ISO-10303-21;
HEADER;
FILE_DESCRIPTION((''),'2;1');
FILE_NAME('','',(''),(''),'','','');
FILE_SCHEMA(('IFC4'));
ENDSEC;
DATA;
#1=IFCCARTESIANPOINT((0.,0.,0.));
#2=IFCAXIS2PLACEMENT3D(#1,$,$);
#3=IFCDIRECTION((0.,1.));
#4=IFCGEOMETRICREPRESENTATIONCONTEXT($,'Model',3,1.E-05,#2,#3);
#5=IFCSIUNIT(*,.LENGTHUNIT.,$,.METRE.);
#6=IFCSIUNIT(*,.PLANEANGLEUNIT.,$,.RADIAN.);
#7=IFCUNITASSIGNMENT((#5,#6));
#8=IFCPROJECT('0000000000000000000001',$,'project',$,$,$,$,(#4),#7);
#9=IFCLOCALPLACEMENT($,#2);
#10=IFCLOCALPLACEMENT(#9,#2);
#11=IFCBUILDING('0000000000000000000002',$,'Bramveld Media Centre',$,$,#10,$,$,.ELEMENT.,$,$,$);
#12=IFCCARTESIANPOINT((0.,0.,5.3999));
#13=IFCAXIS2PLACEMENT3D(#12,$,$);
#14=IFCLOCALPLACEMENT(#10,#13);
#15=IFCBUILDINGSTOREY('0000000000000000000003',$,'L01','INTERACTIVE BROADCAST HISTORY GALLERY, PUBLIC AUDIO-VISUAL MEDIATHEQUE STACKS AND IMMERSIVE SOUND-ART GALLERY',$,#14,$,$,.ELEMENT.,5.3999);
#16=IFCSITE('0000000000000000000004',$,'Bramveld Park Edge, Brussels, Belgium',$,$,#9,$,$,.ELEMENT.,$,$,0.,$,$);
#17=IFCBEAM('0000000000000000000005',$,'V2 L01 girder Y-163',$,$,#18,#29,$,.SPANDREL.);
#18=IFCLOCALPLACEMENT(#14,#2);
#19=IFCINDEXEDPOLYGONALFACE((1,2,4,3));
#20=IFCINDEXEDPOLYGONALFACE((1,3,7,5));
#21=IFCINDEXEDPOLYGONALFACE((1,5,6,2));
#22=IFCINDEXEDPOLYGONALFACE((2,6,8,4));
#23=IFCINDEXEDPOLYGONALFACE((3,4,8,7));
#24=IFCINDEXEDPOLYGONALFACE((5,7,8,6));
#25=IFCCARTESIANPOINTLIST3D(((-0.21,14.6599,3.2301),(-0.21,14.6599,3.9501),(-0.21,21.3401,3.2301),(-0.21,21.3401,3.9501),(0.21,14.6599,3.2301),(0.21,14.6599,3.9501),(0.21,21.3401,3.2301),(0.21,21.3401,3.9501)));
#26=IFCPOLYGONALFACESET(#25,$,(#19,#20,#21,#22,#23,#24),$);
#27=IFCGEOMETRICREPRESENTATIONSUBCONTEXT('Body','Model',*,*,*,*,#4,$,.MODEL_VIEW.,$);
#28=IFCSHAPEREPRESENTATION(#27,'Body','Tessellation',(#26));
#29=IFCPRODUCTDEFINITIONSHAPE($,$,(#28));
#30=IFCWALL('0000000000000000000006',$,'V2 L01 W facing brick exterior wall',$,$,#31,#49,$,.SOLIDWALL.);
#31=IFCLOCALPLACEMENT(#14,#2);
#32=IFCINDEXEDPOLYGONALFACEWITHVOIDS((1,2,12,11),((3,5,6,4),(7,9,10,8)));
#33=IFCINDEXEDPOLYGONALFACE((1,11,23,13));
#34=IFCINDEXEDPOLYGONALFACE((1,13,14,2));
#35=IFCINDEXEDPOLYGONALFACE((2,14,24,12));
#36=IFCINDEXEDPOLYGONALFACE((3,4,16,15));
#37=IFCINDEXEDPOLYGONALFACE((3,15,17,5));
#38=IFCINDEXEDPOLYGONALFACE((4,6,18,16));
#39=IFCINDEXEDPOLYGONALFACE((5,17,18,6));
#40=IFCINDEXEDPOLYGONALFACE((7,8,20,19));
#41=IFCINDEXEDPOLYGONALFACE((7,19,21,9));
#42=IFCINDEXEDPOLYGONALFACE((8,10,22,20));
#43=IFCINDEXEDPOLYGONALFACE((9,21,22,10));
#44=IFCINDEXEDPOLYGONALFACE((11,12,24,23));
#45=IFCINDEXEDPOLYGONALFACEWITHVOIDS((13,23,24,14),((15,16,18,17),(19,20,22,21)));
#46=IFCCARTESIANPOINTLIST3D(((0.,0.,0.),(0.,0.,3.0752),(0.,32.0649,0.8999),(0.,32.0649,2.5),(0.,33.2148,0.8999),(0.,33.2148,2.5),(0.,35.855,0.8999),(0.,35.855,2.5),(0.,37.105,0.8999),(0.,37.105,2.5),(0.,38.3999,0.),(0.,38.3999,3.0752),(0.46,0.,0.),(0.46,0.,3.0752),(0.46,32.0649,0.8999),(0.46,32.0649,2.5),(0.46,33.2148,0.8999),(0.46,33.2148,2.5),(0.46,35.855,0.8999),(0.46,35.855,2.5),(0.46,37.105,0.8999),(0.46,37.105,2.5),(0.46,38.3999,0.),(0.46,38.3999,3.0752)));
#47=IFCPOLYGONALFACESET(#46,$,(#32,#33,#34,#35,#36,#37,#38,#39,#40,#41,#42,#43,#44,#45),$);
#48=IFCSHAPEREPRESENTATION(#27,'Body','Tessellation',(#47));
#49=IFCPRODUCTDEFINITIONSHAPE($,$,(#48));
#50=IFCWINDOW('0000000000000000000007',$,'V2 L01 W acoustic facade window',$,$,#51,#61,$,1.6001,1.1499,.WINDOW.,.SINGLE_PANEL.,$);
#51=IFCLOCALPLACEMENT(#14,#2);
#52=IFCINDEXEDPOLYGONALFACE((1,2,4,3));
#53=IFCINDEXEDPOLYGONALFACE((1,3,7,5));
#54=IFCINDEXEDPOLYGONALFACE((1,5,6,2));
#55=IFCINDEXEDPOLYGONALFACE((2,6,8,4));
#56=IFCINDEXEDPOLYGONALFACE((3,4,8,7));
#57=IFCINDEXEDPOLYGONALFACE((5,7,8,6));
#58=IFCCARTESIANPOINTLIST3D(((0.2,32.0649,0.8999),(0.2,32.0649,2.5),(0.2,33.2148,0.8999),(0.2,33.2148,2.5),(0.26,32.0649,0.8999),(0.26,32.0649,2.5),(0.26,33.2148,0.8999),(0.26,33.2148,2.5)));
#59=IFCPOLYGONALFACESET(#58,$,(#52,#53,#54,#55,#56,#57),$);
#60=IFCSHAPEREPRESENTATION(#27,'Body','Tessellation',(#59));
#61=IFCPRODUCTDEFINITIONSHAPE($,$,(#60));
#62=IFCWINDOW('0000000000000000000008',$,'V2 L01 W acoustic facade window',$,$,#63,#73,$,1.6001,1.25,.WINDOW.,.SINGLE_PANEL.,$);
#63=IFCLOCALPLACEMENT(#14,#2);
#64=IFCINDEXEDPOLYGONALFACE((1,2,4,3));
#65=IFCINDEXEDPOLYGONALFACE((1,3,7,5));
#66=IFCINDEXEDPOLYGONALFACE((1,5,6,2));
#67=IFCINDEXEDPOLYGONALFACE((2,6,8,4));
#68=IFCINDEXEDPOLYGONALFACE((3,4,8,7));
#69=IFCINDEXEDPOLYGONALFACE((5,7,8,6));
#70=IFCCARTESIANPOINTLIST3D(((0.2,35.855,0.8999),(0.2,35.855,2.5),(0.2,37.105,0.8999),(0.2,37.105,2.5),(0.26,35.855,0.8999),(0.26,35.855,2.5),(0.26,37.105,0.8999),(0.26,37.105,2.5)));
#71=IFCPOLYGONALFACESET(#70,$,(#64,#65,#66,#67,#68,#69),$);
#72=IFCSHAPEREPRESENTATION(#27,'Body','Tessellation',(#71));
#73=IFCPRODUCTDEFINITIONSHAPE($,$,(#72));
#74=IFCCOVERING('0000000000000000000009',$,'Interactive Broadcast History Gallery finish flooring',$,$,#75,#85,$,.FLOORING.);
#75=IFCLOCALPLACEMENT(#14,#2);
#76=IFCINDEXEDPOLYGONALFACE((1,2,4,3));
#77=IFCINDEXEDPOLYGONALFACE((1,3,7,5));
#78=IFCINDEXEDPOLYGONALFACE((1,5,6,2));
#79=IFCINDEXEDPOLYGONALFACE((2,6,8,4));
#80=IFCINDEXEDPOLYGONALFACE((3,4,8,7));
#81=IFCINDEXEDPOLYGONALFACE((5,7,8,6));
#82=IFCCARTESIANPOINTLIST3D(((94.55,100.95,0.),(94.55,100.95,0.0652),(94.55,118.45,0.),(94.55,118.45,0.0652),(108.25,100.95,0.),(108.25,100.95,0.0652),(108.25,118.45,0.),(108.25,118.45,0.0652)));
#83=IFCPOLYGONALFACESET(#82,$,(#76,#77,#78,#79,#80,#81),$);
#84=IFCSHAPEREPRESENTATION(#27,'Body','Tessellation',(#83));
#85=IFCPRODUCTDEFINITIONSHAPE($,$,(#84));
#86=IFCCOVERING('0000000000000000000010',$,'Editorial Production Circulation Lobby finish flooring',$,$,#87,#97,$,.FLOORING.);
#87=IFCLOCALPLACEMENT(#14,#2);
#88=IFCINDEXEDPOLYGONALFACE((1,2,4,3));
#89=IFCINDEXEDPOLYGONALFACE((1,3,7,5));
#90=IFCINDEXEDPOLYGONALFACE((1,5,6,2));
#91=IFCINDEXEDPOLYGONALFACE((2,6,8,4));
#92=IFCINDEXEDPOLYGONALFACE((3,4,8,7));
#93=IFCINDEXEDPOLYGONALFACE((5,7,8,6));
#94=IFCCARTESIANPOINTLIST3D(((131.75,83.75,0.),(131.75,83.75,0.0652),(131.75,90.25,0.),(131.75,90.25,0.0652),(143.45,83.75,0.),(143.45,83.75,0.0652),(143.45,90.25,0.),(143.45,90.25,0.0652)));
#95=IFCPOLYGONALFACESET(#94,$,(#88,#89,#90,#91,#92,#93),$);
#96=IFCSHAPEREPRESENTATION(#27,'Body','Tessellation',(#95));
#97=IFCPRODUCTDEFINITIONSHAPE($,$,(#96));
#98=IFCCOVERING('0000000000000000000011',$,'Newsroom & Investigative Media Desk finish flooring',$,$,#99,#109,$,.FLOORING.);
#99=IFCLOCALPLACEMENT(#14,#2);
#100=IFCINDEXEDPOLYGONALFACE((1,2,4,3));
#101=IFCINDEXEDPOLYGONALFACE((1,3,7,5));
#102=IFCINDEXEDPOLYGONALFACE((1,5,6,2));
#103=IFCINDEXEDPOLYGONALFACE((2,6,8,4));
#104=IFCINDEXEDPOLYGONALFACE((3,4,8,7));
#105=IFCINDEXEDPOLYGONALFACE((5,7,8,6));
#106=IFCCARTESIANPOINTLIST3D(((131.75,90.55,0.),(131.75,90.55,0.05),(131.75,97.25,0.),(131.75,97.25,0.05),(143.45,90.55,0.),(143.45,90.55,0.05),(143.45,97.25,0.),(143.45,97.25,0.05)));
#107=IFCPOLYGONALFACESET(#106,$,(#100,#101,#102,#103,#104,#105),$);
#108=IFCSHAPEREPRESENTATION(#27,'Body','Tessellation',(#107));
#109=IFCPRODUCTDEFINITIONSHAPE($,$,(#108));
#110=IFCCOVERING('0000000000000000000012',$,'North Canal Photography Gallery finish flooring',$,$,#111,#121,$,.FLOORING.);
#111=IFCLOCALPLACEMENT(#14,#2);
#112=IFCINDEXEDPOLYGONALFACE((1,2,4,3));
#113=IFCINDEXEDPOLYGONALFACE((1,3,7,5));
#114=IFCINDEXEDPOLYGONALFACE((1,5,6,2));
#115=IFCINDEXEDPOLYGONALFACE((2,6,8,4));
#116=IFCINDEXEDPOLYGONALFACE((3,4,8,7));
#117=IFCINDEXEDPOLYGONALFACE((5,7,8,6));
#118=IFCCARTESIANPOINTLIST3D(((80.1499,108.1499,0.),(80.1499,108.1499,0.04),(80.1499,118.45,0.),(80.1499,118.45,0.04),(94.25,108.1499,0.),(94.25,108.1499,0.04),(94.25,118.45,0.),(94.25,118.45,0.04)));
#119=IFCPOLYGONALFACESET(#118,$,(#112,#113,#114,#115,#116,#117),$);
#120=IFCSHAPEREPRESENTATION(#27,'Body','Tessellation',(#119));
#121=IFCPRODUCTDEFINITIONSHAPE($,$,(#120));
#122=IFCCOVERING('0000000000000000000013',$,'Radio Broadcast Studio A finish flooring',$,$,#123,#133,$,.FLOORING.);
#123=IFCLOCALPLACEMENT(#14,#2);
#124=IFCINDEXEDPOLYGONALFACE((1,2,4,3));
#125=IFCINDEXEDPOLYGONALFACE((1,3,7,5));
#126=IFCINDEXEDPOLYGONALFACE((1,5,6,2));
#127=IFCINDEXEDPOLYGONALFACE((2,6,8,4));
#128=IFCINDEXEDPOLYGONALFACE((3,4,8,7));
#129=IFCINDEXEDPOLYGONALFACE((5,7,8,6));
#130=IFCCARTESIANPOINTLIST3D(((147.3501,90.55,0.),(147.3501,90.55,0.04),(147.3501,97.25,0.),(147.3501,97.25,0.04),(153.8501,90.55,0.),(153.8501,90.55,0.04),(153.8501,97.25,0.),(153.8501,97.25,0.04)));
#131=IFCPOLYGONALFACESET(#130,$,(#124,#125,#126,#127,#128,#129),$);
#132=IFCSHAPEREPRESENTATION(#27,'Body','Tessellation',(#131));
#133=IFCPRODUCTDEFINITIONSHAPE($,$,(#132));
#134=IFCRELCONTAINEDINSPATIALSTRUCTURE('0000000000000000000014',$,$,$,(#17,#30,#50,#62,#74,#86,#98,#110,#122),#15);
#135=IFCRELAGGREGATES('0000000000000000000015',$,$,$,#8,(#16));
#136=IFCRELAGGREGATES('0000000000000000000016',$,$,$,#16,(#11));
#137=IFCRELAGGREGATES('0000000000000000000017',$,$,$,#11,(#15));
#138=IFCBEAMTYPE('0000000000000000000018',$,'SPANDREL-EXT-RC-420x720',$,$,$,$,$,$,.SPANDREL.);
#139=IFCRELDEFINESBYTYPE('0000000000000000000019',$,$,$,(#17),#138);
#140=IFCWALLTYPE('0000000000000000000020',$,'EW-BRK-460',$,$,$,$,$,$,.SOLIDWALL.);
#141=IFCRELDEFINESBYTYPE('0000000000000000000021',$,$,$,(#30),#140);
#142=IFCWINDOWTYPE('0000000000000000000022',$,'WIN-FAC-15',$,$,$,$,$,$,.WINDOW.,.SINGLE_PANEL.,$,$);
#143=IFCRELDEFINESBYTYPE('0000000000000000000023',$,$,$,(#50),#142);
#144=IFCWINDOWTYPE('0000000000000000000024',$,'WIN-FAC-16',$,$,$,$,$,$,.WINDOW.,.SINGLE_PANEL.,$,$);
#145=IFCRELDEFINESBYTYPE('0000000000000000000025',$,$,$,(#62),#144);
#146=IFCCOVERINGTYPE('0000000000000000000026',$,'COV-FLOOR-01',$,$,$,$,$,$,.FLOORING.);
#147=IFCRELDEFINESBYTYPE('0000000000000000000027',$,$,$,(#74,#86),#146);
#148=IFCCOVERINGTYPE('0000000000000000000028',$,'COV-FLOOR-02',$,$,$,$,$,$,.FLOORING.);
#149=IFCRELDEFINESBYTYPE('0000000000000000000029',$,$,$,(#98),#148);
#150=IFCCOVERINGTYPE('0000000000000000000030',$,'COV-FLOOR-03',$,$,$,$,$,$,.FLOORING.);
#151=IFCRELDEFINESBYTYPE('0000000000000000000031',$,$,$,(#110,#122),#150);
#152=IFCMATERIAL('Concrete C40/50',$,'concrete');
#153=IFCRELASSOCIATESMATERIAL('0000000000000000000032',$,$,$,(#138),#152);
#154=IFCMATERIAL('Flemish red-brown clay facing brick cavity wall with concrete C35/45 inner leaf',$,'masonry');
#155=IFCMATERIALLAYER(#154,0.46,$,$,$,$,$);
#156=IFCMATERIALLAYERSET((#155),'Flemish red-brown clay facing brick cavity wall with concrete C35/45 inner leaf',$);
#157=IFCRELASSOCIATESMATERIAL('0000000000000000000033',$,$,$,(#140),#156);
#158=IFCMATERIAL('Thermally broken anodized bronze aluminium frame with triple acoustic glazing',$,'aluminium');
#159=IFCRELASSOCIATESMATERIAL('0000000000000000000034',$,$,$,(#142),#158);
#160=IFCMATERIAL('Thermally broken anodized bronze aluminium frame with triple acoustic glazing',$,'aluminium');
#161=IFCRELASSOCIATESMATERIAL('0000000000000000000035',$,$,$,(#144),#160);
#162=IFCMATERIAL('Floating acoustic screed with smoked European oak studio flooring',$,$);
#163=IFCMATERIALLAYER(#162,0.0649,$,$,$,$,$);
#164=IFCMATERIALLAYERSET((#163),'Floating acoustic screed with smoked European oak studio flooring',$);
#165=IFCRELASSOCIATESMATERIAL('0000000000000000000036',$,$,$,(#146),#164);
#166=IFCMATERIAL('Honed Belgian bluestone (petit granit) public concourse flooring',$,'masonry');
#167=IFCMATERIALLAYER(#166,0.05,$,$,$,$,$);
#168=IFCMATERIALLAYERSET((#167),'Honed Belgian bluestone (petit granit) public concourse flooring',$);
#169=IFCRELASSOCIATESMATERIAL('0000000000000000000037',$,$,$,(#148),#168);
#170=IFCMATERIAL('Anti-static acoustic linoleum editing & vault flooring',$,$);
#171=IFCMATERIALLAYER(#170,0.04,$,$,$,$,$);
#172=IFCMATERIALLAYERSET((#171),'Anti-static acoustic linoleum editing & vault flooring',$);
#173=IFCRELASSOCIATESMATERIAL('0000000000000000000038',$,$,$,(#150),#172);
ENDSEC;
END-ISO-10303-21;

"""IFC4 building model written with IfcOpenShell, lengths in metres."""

from ifc_helpers import new_model, si_unit, direction, frame, frame_2d, origin, origin_2d, place, context, subcontext, project, spatial, polyline, rectangle, outline, extrude, material, layer, layer_set, material_profile, profile_set, type_object, element, fill, save


model = new_model("IFC4")

# Units and contexts
model_context = context("Model", 3, precision=1e-05, world=origin(), true_north=direction((0.0, 1.0)))
body_context = subcontext(model_context, "Body", "Model", "MODEL_VIEW")
ifc_project = project(units=[si_unit("LENGTHUNIT", "METRE"), si_unit("PLANEANGLEUNIT", "RADIAN")], contexts=[model_context])

# Site, building, storey
site_placement = place(None, origin())
site = spatial("IfcSite", under=ifc_project, at=site_placement, Name="Bramveld Park Edge, Brussels, Belgium", CompositionType="ELEMENT", RefElevation=0.0)
building_placement = place(site_placement, origin())
building = spatial("IfcBuilding", under=site, at=building_placement, Name="Bramveld Media Centre", CompositionType="ELEMENT")
storey_placement = place(building_placement, frame((0.0, 0.0, 5.3999)))
storey = spatial("IfcBuildingStorey", under=building, at=storey_placement, Name="L01", Description="INTERACTIVE BROADCAST HISTORY GALLERY, PUBLIC AUDIO-VISUAL MEDIATHEQUE STACKS AND IMMERSIVE SOUND-ART GALLERY", CompositionType="ELEMENT", Elevation=5.3999)

# Beam
ifc_material_1 = material(Name="Concrete C40/50", Category="concrete")
ifc_material_profile_1 = material_profile(ifc_material_1, rectangle(XDim=0.4199, YDim=0.72, at=origin_2d()), Name="RC 420x720")
ifc_profile_set_1 = profile_set([ifc_material_profile_1], Name="Concrete C40/50")
beam_type_1 = type_object("IfcBeamType", Name="SPANDREL-EXT-RC-420x720", PredefinedType="SPANDREL", material=ifc_profile_set_1)
beam_1_placement = place(storey_placement, frame((0.0, 14.6599, 3.5901), z_axis=(0.0, 1.0, 0.0), x_axis=(-1.0, 0.0, 0.0)))
element("IfcBeam", 1, at=beam_1_placement, inside=storey, type_object=beam_type_1, Name="V2 L01 girder Y-163", PredefinedType="SPANDREL", context=body_context, shape_type="SweptSolid", body=[
    extrude(rectangle(XDim=0.4199, YDim=0.72, at=origin_2d()), origin(), (0.0, 0.0, 1.0), 6.6802),
])

# Wall, openings, windows
ifc_material_2 = material(Name="Flemish red-brown clay facing brick cavity wall with concrete C35/45 inner leaf", Category="masonry")
ifc_layer_1 = layer(ifc_material_2, 0.46)
ifc_layer_set_1 = layer_set([ifc_layer_1], Name="Flemish red-brown clay facing brick cavity wall with concrete C35/45 inner leaf")
wall_type = type_object("IfcWallType", Name="EW-BRK-460", PredefinedType="SOLIDWALL", material=ifc_layer_set_1)
wall_placement = place(storey_placement, frame((0.23, 0.0, 0.0), z_axis=(0.0, 0.0, 1.0), x_axis=(0.0, 1.0, 0.0)))
wall = element("IfcWall", 2, at=wall_placement, inside=storey, type_object=wall_type, Name="V2 L01 W facing brick exterior wall", PredefinedType="SOLIDWALL", context=body_context, shape_type="SweptSolid", body=[
    extrude(rectangle(XDim=38.3999, YDim=0.46, at=frame_2d((19.2, 0.0))), origin(), (0.0, 0.0, 1.0), 3.0752),
])
opening_1_placement = place(wall_placement, frame((32.0649, 0.0, 0.8999)))
opening_1 = element("IfcOpeningElement", 3, at=opening_1_placement, cuts=wall, PredefinedType="OPENING", context=body_context, shape_type="SweptSolid", body=[
    extrude(rectangle(XDim=1.1499, YDim=1.6001, at=frame_2d((0.575, 0.8))), frame((0.0, 0.2419, 0.0), z_axis=(0.0, -1.0, 0.0), x_axis=(1.0, 0.0, 0.0)), (0.0, 0.0, 1.0), 0.4839),
])
opening_2_placement = place(wall_placement, frame((35.855, 0.0, 0.8999)))
opening_2 = element("IfcOpeningElement", 4, at=opening_2_placement, cuts=wall, PredefinedType="OPENING", context=body_context, shape_type="SweptSolid", body=[
    extrude(rectangle(XDim=1.25, YDim=1.6001, at=frame_2d((0.625, 0.8))), frame((0.0, 0.2419, 0.0), z_axis=(0.0, -1.0, 0.0), x_axis=(1.0, 0.0, 0.0)), (0.0, 0.0, 1.0), 0.4839),
])
ifc_material_3 = material(Name="Thermally broken anodized bronze aluminium frame with triple acoustic glazing", Category="aluminium")
window_type_1 = type_object("IfcWindowType", Name="WIN-FAC-15", PartitioningType="SINGLE_PANEL", PredefinedType="WINDOW", material=ifc_material_3)
window_1_placement = place(opening_1_placement, origin())
window_1 = element("IfcWindow", 5, at=window_1_placement, inside=storey, type_object=window_type_1, Name="V2 L01 W acoustic facade window", OverallHeight=1.6001, OverallWidth=1.1499, PartitioningType="SINGLE_PANEL", PredefinedType="WINDOW", context=body_context, shape_type="SweptSolid", body=[
    extrude(rectangle(XDim=1.1499, YDim=1.6001, at=frame_2d((0.575, 0.8))), frame((0.0, 0.03, 0.0), z_axis=(0.0, -1.0, 0.0), x_axis=(1.0, 0.0, 0.0)), (0.0, 0.0, 1.0), 0.0601),
])
fill(opening_1, window_1)
ifc_material_4 = material(Name="Thermally broken anodized bronze aluminium frame with triple acoustic glazing", Category="aluminium")
window_type_2 = type_object("IfcWindowType", Name="WIN-FAC-16", PartitioningType="SINGLE_PANEL", PredefinedType="WINDOW", material=ifc_material_4)
window_2_placement = place(opening_2_placement, origin())
window_2 = element("IfcWindow", 6, at=window_2_placement, inside=storey, type_object=window_type_2, Name="V2 L01 W acoustic facade window", OverallHeight=1.6001, OverallWidth=1.25, PartitioningType="SINGLE_PANEL", PredefinedType="WINDOW", context=body_context, shape_type="SweptSolid", body=[
    extrude(rectangle(XDim=1.25, YDim=1.6001, at=frame_2d((0.625, 0.8))), frame((0.0, 0.03, 0.0), z_axis=(0.0, -1.0, 0.0), x_axis=(1.0, 0.0, 0.0)), (0.0, 0.0, 1.0), 0.0601),
])
fill(opening_2, window_2)

# Coverings
ifc_material_5 = material(Name="Floating acoustic screed with smoked European oak studio flooring")
ifc_layer_2 = layer(ifc_material_5, 0.0649)
ifc_layer_set_2 = layer_set([ifc_layer_2], Name="Floating acoustic screed with smoked European oak studio flooring")
covering_type_1 = type_object("IfcCoveringType", Name="COV-FLOOR-01", PredefinedType="FLOORING", material=ifc_layer_set_2)
covering_1_placement = place(storey_placement, origin())
element("IfcCovering", 7, at=covering_1_placement, inside=storey, type_object=covering_type_1, Name="Interactive Broadcast History Gallery finish flooring", PredefinedType="FLOORING", context=body_context, shape_type="SweptSolid", body=[
    extrude(outline(polyline([(94.55, 100.95), (108.25, 100.95), (108.25, 118.45), (94.55, 118.45), (94.55, 100.95)])), origin(), (0.0, 0.0, 1.0), 0.0652),
])
covering_2_placement = place(storey_placement, origin())
element("IfcCovering", 8, at=covering_2_placement, inside=storey, type_object=covering_type_1, Name="Editorial Production Circulation Lobby finish flooring", PredefinedType="FLOORING", context=body_context, shape_type="SweptSolid", body=[
    extrude(outline(polyline([(131.75, 83.75), (143.45, 83.75), (143.45, 90.25), (131.75, 90.25), (131.75, 83.75)])), origin(), (0.0, 0.0, 1.0), 0.0652),
])
ifc_material_6 = material(Name="Honed Belgian bluestone (petit granit) public concourse flooring", Category="masonry")
ifc_layer_3 = layer(ifc_material_6, 0.05)
ifc_layer_set_3 = layer_set([ifc_layer_3], Name="Honed Belgian bluestone (petit granit) public concourse flooring")
covering_type_2 = type_object("IfcCoveringType", Name="COV-FLOOR-02", PredefinedType="FLOORING", material=ifc_layer_set_3)
covering_3_placement = place(storey_placement, origin())
element("IfcCovering", 9, at=covering_3_placement, inside=storey, type_object=covering_type_2, Name="Newsroom & Investigative Media Desk finish flooring", PredefinedType="FLOORING", context=body_context, shape_type="SweptSolid", body=[
    extrude(outline(polyline([(131.75, 90.55), (143.45, 90.55), (143.45, 97.25), (131.75, 97.25), (131.75, 90.55)])), origin(), (0.0, 0.0, 1.0), 0.05),
])
ifc_material_7 = material(Name="Anti-static acoustic linoleum editing & vault flooring")
ifc_layer_4 = layer(ifc_material_7, 0.04)
ifc_layer_set_4 = layer_set([ifc_layer_4], Name="Anti-static acoustic linoleum editing & vault flooring")
covering_type_3 = type_object("IfcCoveringType", Name="COV-FLOOR-03", PredefinedType="FLOORING", material=ifc_layer_set_4)
covering_4_placement = place(storey_placement, origin())
element("IfcCovering", 10, at=covering_4_placement, inside=storey, type_object=covering_type_3, Name="North Canal Photography Gallery finish flooring", PredefinedType="FLOORING", context=body_context, shape_type="SweptSolid", body=[
    extrude(outline(polyline([(80.1499, 108.1499), (94.25, 108.1499), (94.25, 118.45), (80.1499, 118.45), (80.1499, 108.1499)])), origin(), (0.0, 0.0, 1.0), 0.04),
])
covering_5_placement = place(storey_placement, origin())
element("IfcCovering", 11, at=covering_5_placement, inside=storey, type_object=covering_type_3, Name="Radio Broadcast Studio A finish flooring", PredefinedType="FLOORING", context=body_context, shape_type="SweptSolid", body=[
    extrude(outline(polyline([(147.3501, 90.55), (153.8501, 90.55), (153.8501, 97.25), (147.3501, 97.25), (147.3501, 90.55)])), origin(), (0.0, 0.0, 1.0), 0.04),
])

save(model, "model.ifc")
